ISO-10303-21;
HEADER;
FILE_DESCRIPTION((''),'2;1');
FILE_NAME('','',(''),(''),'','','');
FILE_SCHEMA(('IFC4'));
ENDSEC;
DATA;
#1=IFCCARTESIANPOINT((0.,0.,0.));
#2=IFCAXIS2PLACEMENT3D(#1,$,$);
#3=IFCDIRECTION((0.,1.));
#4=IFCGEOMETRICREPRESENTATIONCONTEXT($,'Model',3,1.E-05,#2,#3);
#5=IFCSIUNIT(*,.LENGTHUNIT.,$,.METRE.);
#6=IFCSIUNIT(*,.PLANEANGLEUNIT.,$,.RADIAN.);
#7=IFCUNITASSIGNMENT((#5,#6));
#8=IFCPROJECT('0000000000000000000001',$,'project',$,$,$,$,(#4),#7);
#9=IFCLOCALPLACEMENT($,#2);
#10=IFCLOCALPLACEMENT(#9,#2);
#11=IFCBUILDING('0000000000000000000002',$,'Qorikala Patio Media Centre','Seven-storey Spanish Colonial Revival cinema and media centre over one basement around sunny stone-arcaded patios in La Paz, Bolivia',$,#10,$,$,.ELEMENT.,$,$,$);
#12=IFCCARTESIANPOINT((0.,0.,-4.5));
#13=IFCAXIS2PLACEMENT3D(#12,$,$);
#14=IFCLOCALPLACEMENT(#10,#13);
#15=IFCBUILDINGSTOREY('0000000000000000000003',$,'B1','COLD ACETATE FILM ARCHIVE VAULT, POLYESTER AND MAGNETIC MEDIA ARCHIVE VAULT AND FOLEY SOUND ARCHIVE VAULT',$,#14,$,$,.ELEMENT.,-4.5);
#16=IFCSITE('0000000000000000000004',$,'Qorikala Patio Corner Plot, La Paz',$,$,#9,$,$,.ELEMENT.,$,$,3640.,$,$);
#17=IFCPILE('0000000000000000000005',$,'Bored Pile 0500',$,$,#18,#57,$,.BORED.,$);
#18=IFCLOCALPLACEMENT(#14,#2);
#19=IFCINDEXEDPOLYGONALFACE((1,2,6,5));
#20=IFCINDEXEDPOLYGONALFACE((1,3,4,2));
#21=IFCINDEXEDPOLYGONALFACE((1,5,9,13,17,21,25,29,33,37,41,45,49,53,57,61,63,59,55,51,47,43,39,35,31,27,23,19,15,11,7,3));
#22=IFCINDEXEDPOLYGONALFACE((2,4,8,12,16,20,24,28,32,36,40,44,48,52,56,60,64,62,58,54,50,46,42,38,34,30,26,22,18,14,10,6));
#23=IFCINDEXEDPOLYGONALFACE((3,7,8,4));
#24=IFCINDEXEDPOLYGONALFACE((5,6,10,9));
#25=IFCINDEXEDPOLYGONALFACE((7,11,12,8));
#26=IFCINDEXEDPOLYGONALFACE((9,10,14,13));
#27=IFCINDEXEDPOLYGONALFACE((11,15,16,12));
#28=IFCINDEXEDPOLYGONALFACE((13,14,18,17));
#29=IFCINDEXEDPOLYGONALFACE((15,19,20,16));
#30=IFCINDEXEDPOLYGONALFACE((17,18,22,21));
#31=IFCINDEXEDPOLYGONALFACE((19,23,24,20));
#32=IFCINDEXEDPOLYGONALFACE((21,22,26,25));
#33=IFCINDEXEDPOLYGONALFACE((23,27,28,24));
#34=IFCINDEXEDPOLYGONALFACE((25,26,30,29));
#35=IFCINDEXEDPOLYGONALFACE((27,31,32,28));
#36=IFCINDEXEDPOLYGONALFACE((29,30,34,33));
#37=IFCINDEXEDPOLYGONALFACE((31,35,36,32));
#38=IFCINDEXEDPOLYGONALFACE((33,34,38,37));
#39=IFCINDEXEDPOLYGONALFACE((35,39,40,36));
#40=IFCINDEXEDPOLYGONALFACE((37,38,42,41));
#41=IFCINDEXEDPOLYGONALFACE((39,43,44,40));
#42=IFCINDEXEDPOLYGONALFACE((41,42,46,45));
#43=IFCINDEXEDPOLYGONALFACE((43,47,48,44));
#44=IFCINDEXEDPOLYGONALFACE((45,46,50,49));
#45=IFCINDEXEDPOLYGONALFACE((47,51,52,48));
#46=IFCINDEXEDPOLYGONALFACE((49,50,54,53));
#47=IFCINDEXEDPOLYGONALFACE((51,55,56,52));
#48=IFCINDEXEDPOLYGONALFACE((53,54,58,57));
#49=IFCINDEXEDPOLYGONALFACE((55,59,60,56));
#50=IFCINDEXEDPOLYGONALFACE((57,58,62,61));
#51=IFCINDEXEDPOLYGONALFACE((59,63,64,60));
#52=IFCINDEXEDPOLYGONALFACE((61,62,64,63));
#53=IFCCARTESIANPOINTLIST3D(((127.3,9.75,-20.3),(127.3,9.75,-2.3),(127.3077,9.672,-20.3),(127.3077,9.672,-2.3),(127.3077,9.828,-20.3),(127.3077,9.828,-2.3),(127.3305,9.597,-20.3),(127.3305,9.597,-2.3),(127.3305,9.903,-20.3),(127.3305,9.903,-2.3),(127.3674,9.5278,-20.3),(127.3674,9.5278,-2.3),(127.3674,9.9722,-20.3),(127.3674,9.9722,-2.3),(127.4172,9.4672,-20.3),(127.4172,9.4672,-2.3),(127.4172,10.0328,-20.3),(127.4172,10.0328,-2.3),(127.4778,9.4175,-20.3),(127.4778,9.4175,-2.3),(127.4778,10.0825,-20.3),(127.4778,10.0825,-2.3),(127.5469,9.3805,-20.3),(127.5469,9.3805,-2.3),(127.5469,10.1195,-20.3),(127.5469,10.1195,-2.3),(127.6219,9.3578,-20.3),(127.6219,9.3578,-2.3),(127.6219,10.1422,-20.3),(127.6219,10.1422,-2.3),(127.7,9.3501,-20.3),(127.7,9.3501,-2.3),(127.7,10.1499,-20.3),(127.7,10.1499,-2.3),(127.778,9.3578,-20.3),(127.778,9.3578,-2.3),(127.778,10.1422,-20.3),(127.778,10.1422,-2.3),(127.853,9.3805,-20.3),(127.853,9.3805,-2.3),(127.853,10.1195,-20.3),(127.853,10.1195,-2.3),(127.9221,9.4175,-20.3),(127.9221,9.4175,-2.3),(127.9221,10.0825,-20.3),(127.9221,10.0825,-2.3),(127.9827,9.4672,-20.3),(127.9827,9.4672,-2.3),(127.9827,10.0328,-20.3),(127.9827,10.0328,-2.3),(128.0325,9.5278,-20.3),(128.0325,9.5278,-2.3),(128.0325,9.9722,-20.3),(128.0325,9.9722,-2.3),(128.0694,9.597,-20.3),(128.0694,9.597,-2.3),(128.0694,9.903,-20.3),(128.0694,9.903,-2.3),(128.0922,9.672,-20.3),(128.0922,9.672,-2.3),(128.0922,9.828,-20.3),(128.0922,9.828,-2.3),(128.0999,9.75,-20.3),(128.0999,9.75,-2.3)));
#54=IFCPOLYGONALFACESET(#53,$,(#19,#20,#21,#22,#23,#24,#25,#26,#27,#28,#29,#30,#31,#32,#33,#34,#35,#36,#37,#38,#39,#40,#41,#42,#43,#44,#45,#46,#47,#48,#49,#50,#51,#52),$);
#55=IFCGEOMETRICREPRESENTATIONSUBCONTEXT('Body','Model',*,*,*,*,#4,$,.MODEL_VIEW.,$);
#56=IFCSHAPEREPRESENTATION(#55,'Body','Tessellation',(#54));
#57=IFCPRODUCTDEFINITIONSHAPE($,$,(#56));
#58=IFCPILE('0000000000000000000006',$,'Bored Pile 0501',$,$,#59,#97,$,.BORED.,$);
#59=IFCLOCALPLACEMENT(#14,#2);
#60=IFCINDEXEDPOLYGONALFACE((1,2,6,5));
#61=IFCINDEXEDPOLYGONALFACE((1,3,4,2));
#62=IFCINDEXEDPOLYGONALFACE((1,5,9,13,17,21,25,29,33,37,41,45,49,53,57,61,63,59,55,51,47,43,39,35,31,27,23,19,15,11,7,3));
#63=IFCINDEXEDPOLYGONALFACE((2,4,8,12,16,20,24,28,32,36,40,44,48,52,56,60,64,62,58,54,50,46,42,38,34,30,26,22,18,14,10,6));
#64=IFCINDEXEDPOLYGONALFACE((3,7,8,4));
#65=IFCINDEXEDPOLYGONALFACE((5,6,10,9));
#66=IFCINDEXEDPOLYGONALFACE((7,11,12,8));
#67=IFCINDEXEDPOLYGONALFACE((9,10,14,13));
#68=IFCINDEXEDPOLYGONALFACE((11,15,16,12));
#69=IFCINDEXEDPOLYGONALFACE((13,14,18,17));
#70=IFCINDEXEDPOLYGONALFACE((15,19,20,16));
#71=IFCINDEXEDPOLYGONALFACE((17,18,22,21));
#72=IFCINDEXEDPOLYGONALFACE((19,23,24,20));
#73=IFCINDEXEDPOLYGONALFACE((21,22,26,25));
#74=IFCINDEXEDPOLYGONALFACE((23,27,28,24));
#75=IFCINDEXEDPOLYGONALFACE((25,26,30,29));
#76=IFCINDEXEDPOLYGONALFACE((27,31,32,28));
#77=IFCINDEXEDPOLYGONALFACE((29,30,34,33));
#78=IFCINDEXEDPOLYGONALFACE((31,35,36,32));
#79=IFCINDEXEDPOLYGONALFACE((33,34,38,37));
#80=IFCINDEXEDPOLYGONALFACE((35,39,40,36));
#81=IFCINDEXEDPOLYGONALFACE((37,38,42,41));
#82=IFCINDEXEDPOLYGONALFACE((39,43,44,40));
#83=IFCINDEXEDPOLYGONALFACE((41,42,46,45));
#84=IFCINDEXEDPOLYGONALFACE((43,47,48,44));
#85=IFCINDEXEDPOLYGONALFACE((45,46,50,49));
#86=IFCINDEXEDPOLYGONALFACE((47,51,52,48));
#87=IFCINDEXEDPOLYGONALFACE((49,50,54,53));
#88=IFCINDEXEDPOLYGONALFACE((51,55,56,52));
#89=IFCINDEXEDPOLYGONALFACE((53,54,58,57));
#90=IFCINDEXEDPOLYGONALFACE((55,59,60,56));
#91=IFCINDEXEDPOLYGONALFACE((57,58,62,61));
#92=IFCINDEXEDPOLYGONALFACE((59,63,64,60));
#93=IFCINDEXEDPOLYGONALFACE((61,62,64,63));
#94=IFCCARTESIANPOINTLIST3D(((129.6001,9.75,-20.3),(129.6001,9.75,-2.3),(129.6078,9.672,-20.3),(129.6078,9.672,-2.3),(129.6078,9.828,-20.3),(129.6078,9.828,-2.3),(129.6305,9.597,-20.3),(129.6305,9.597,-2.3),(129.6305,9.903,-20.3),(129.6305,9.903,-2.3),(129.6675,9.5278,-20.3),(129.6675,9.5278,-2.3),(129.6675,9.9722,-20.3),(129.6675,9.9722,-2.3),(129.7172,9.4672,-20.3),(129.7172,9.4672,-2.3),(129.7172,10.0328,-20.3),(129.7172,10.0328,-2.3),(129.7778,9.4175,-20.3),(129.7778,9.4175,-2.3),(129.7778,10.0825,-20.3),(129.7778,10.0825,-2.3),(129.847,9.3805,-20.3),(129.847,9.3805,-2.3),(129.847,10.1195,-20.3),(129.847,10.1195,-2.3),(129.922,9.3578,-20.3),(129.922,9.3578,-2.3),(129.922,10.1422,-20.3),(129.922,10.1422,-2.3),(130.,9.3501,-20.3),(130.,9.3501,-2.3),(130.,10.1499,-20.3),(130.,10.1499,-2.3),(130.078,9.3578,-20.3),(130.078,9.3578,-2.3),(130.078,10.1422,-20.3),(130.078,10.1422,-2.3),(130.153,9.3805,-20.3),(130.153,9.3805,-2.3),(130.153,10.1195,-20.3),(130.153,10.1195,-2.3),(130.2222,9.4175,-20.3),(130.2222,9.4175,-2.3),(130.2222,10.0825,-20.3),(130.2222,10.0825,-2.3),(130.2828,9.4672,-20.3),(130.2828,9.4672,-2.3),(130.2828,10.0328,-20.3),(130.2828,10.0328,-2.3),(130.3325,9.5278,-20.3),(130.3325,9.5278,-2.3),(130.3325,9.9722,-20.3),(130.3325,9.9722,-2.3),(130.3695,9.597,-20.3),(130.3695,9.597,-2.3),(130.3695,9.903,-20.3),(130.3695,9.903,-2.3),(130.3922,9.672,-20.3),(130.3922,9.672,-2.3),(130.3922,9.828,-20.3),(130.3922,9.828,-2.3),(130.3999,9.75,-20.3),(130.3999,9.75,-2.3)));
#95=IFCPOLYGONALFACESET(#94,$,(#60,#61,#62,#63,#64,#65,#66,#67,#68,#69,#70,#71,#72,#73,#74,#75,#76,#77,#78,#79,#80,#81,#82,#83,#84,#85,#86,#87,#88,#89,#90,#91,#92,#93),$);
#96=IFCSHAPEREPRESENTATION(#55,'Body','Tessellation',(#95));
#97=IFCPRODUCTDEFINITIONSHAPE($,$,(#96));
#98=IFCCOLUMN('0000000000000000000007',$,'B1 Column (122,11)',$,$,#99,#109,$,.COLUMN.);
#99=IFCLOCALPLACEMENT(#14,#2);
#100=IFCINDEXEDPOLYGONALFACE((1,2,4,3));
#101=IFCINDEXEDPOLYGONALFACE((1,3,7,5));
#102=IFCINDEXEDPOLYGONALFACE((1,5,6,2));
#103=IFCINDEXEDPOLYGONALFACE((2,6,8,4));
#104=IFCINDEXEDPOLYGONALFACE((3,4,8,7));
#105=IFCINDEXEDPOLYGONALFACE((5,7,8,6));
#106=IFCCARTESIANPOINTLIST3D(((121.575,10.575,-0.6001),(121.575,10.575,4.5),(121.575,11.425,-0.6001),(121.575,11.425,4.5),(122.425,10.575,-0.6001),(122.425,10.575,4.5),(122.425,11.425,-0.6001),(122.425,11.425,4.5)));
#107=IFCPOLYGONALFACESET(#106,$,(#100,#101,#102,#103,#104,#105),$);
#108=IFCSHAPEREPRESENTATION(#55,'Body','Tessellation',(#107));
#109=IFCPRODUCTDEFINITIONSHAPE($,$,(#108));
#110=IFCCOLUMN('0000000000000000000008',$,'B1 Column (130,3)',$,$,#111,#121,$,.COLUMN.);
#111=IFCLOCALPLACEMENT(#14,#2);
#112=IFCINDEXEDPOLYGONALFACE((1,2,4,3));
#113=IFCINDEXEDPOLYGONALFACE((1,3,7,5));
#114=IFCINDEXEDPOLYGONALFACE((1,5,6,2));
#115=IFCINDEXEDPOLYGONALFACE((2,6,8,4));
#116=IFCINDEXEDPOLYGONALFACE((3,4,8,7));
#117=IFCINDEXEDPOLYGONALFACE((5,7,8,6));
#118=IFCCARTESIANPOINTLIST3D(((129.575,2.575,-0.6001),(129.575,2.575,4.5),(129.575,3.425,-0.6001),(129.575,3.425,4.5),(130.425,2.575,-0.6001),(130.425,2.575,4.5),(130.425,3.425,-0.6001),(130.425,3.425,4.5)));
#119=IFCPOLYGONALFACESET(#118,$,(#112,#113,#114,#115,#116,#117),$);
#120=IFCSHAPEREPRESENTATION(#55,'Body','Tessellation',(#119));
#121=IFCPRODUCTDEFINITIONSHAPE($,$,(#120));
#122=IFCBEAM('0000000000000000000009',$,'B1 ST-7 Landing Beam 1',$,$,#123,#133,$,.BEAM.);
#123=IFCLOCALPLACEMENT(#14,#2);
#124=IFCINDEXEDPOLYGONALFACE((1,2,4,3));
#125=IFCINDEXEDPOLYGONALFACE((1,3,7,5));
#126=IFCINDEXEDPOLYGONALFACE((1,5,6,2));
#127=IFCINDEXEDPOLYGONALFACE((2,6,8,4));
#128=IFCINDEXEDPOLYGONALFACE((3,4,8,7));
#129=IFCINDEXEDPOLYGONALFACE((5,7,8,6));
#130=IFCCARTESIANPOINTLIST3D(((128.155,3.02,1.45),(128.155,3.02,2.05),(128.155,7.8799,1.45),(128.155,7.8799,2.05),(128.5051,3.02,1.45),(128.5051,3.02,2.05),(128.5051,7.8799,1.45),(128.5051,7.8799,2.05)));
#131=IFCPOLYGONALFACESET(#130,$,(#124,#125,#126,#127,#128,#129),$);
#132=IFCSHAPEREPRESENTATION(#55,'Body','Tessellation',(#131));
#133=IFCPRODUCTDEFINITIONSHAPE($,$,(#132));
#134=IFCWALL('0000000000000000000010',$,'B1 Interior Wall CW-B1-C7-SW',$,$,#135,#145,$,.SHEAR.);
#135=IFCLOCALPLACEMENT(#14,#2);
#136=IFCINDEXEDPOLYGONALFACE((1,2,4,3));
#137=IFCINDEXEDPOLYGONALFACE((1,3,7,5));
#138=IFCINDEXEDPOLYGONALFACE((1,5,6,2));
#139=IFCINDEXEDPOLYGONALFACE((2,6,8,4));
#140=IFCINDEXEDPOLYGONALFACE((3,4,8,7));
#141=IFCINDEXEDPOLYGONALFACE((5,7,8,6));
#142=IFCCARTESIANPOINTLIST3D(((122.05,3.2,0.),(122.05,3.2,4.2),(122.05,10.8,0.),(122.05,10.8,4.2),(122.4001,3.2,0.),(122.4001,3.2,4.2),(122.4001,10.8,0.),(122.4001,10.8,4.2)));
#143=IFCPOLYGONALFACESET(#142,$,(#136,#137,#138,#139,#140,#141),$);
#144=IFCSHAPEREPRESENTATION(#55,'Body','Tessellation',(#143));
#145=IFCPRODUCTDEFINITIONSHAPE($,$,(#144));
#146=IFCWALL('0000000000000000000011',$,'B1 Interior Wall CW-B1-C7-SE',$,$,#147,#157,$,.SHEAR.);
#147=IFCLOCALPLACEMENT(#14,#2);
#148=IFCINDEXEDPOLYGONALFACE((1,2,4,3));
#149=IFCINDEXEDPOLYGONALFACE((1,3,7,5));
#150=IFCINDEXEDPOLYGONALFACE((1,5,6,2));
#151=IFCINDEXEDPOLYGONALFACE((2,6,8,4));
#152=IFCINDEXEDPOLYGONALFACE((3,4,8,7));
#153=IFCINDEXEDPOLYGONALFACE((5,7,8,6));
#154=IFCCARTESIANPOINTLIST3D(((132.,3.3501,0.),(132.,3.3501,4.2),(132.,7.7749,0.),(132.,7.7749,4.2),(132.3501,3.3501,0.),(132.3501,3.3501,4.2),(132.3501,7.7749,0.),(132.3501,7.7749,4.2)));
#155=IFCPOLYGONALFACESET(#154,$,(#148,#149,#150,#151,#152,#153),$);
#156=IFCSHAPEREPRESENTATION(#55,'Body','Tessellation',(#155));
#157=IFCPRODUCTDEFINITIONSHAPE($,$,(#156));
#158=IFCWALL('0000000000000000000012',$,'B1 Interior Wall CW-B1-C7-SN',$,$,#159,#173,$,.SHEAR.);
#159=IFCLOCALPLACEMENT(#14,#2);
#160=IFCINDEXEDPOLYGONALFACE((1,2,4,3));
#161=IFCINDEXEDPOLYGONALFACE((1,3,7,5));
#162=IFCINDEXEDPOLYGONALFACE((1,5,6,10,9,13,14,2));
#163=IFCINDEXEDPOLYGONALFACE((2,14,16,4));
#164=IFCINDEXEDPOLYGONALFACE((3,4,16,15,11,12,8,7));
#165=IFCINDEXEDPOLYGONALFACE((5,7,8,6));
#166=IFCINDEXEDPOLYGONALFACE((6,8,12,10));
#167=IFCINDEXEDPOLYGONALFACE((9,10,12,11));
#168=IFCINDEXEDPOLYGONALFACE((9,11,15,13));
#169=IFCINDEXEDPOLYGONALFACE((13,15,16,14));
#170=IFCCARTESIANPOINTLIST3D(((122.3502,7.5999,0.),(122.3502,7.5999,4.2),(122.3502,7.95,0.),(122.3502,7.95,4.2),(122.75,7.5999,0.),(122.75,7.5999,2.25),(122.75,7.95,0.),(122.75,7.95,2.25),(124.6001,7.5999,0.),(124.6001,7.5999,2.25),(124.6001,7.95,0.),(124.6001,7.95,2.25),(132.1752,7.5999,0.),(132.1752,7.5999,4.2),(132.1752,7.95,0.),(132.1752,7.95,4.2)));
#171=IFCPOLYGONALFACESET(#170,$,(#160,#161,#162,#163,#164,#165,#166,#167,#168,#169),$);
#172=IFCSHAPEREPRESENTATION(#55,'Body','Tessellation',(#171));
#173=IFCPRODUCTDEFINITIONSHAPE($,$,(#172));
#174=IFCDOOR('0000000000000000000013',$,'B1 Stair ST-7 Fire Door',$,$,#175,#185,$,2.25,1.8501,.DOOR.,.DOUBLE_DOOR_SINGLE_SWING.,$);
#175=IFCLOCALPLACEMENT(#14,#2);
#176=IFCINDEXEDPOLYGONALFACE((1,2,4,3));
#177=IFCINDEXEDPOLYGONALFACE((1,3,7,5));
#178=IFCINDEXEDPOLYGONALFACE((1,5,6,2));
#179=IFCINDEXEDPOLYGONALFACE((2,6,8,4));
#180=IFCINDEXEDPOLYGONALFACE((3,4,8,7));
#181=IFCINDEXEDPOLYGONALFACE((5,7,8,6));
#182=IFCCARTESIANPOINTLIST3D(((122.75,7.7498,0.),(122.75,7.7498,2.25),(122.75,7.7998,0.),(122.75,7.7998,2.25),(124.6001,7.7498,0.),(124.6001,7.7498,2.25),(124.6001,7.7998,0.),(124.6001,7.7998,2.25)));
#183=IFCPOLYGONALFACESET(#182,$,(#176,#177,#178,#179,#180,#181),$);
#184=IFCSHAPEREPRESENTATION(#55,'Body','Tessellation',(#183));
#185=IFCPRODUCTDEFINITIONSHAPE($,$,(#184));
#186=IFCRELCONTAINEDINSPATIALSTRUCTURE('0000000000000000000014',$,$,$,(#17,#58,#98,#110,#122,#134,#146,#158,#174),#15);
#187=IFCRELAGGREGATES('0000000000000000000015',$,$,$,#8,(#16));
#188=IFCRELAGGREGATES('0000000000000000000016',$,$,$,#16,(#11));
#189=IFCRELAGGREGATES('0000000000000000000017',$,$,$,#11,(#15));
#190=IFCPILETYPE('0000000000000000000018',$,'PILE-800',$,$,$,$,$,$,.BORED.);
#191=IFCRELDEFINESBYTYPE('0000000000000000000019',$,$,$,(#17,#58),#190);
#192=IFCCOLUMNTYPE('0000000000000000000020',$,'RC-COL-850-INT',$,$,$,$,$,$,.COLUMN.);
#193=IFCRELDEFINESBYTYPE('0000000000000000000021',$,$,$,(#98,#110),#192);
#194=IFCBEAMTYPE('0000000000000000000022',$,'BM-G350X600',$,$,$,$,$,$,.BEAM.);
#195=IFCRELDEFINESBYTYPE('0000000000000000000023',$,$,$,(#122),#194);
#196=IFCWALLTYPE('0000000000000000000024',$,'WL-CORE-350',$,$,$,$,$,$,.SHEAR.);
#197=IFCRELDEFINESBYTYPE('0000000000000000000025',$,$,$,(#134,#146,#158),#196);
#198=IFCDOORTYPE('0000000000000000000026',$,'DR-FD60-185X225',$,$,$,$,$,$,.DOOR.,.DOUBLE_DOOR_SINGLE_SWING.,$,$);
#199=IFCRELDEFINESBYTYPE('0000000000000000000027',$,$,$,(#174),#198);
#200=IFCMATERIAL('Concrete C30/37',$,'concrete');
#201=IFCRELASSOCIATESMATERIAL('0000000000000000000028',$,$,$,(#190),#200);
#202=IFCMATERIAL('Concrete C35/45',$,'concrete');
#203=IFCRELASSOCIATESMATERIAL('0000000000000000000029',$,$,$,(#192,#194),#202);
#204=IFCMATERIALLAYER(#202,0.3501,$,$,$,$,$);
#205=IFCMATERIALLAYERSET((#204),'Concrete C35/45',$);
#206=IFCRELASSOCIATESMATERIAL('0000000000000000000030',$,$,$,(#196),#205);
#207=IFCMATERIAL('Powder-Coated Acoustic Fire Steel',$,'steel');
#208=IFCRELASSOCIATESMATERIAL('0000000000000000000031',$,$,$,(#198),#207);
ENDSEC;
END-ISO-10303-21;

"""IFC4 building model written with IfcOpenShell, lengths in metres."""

from ifc_helpers import new_model, si_unit, direction, frame, frame_2d, origin, origin_2d, place, context, subcontext, project, spatial, rectangle, circle, extrude, material, layer, layer_set, material_profile, profile_set, type_object, element, fill, save


model = new_model("IFC4")

# Units and contexts
model_context = context("Model", 3, precision=1e-05, world=origin(), true_north=direction((0.0, 1.0)))
body_context = subcontext(model_context, "Body", "Model", "MODEL_VIEW")
ifc_project = project(units=[si_unit("LENGTHUNIT", "METRE"), si_unit("PLANEANGLEUNIT", "RADIAN")], contexts=[model_context])

# Site, building, storey
site_placement = place(None, origin())
site = spatial("IfcSite", under=ifc_project, at=site_placement, Name="Qorikala Patio Corner Plot, La Paz", CompositionType="ELEMENT", RefElevation=3640.0)
building_placement = place(site_placement, origin())
building = spatial("IfcBuilding", under=site, at=building_placement, Name="Qorikala Patio Media Centre", Description="Seven-storey Spanish Colonial Revival cinema and media centre over one basement around sunny stone-arcaded patios in La Paz, Bolivia", CompositionType="ELEMENT")
storey_placement = place(building_placement, frame((0.0, 0.0, -4.5)))
storey = spatial("IfcBuildingStorey", under=building, at=storey_placement, Name="B1", Description="COLD ACETATE FILM ARCHIVE VAULT, POLYESTER AND MAGNETIC MEDIA ARCHIVE VAULT AND FOLEY SOUND ARCHIVE VAULT", CompositionType="ELEMENT", Elevation=-4.5)

# Shared definitions
ifc_material_1 = material(Name="Concrete C30/37", Category="concrete")

# Piles
ifc_material_profile_1 = material_profile(ifc_material_1, circle(Radius=0.3999, at=origin_2d()), Name="BORED PILE 800")
ifc_profile_set_1 = profile_set([ifc_material_profile_1], Name="Concrete C30/37")
pile_type = type_object("IfcPileType", Name="PILE-800", PredefinedType="BORED", material=ifc_profile_set_1)
for number, where, z_axis, x_axis, name in (
    (1, (127.7, 9.75, -2.3), (0.0, 0.0, -1.0), (1.0, 0.0, 0.0), "Bored Pile 0500"),
    (2, (130.0, 9.75, -2.3), (0.0, 0.0, -1.0), (1.0, 0.0, 0.0), "Bored Pile 0501"),
):
    element("IfcPile", number, at=place(storey_placement, frame(where, z_axis=z_axis, x_axis=x_axis)), inside=storey, type_object=pile_type, Name=name, PredefinedType="BORED", context=body_context, shape_type="SweptSolid", body=[
        extrude(circle(Radius=0.3999, at=origin_2d()), origin(), (0.0, 0.0, 1.0), 18.0),
    ])

# Columns
ifc_material_2 = material(Name="Concrete C35/45", Category="concrete")
ifc_material_profile_2 = material_profile(ifc_material_2, rectangle(XDim=0.8501, YDim=0.8501, at=origin_2d()), Name="RC 850x850")
ifc_profile_set_2 = profile_set([ifc_material_profile_2], Name="Concrete C35/45")
column_type = type_object("IfcColumnType", Name="RC-COL-850-INT", PredefinedType="COLUMN", material=ifc_profile_set_2)
for number, where, z_axis, x_axis, name in (
    (3, (122.0, 11.0, -0.6001), (0.0, 0.0, 1.0), (1.0, 0.0, 0.0), "B1 Column (122,11)"),
    (4, (130.0, 3.0, -0.6001), (0.0, 0.0, 1.0), (1.0, 0.0, 0.0), "B1 Column (130,3)"),
):
    element("IfcColumn", number, at=place(storey_placement, frame(where, z_axis=z_axis, x_axis=x_axis)), inside=storey, type_object=column_type, Name=name, PredefinedType="COLUMN", context=body_context, shape_type="SweptSolid", body=[
        extrude(rectangle(XDim=0.8501, YDim=0.8501, at=origin_2d()), origin(), (0.0, 0.0, 1.0), 5.1001),
    ])

# Beam
ifc_material_profile_3 = material_profile(ifc_material_2, rectangle(XDim=0.3501, YDim=0.6001, at=origin_2d()), Name="RC 350x600")
ifc_profile_set_3 = profile_set([ifc_material_profile_3], Name="Concrete C35/45")
beam_type = type_object("IfcBeamType", Name="BM-G350X600", PredefinedType="BEAM", material=ifc_profile_set_3)
beam_placement = place(storey_placement, frame((128.3301, 3.02, 1.75), z_axis=(0.0, 1.0, 0.0), x_axis=(-1.0, 0.0, 0.0)))
element("IfcBeam", 5, at=beam_placement, inside=storey, type_object=beam_type, Name="B1 ST-7 Landing Beam 1", PredefinedType="BEAM", context=body_context, shape_type="SweptSolid", body=[
    extrude(rectangle(XDim=0.3501, YDim=0.6001, at=origin_2d()), origin(), (0.0, 0.0, 1.0), 4.8599),
])

# Walls
ifc_layer_1 = layer(ifc_material_2, 0.3501)
ifc_layer_set_1 = layer_set([ifc_layer_1], Name="Concrete C35/45")
wall_type_1 = type_object("IfcWallType", Name="WL-CORE-350", PredefinedType="SHEAR", material=ifc_layer_set_1)
wall_1_placement = place(storey_placement, frame((122.2251, 3.2, 0.0), z_axis=(0.0, 0.0, 1.0), x_axis=(0.0, 1.0, 0.0)))
element("IfcWall", 6, at=wall_1_placement, inside=storey, type_object=wall_type_1, Name="B1 Interior Wall CW-B1-C7-SW", PredefinedType="SHEAR", context=body_context, shape_type="SweptSolid", body=[
    extrude(rectangle(XDim=7.6001, YDim=0.3501, at=frame_2d((3.8, 0.0))), origin(), (0.0, 0.0, 1.0), 4.2),
])
wall_2_placement = place(storey_placement, frame((132.175, 3.3501, 0.0), z_axis=(0.0, 0.0, 1.0), x_axis=(0.0, 1.0, 0.0)))
element("IfcWall", 7, at=wall_2_placement, inside=storey, type_object=wall_type_1, Name="B1 Interior Wall CW-B1-C7-SE", PredefinedType="SHEAR", context=body_context, shape_type="SweptSolid", body=[
    extrude(rectangle(XDim=4.4248, YDim=0.3501, at=frame_2d((2.2124, 0.0))), origin(), (0.0, 0.0, 1.0), 4.2),
])

# Wall, opening, door
wall_3_placement = place(storey_placement, frame((122.3501, 7.7749, 0.0), z_axis=(0.0, 0.0, 1.0), x_axis=(1.0, 0.0, 0.0)))
wall_3 = element("IfcWall", 8, at=wall_3_placement, inside=storey, type_object=wall_type_1, Name="B1 Interior Wall CW-B1-C7-SN", PredefinedType="SHEAR", context=body_context, shape_type="SweptSolid", body=[
    extrude(rectangle(XDim=9.825, YDim=0.3501, at=frame_2d((4.9126, 0.0))), origin(), (0.0, 0.0, 1.0), 4.2),
])
opening_1_placement = place(wall_3_placement, frame((0.3999, 0.0, 0.0)))
opening_1 = element("IfcOpeningElement", 9, at=opening_1_placement, cuts=wall_3, PredefinedType="OPENING", context=body_context, shape_type="SweptSolid", body=[
    extrude(rectangle(XDim=1.8501, YDim=2.25, at=frame_2d((0.925, 1.125))), frame((0.0, 0.1851, 0.0), z_axis=(0.0, -1.0, 0.0), x_axis=(1.0, 0.0, 0.0)), (0.0, 0.0, 1.0), 0.3701),
])
ifc_material_3 = material(Name="Powder-Coated Acoustic Fire Steel", Category="steel")
door_type_1 = type_object("IfcDoorType", Name="DR-FD60-185X225", OperationType="DOUBLE_DOOR_SINGLE_SWING", PredefinedType="DOOR", material=ifc_material_3)
door_1_placement = place(opening_1_placement, origin())
door_1 = element("IfcDoor", 10, at=door_1_placement, inside=storey, type_object=door_type_1, Name="B1 Stair ST-7 Fire Door", OperationType="DOUBLE_DOOR_SINGLE_SWING", OverallHeight=2.25, OverallWidth=1.8501, PredefinedType="DOOR", context=body_context, shape_type="SweptSolid", body=[
    extrude(rectangle(XDim=1.8501, YDim=2.25, at=frame_2d((0.925, 1.125))), frame((0.0, 0.0249, 0.0), z_axis=(0.0, -1.0, 0.0), x_axis=(1.0, 0.0, 0.0)), (0.0, 0.0, 1.0), 0.05),
])
fill(opening_1, door_1)

save(model, "model.ifc")
